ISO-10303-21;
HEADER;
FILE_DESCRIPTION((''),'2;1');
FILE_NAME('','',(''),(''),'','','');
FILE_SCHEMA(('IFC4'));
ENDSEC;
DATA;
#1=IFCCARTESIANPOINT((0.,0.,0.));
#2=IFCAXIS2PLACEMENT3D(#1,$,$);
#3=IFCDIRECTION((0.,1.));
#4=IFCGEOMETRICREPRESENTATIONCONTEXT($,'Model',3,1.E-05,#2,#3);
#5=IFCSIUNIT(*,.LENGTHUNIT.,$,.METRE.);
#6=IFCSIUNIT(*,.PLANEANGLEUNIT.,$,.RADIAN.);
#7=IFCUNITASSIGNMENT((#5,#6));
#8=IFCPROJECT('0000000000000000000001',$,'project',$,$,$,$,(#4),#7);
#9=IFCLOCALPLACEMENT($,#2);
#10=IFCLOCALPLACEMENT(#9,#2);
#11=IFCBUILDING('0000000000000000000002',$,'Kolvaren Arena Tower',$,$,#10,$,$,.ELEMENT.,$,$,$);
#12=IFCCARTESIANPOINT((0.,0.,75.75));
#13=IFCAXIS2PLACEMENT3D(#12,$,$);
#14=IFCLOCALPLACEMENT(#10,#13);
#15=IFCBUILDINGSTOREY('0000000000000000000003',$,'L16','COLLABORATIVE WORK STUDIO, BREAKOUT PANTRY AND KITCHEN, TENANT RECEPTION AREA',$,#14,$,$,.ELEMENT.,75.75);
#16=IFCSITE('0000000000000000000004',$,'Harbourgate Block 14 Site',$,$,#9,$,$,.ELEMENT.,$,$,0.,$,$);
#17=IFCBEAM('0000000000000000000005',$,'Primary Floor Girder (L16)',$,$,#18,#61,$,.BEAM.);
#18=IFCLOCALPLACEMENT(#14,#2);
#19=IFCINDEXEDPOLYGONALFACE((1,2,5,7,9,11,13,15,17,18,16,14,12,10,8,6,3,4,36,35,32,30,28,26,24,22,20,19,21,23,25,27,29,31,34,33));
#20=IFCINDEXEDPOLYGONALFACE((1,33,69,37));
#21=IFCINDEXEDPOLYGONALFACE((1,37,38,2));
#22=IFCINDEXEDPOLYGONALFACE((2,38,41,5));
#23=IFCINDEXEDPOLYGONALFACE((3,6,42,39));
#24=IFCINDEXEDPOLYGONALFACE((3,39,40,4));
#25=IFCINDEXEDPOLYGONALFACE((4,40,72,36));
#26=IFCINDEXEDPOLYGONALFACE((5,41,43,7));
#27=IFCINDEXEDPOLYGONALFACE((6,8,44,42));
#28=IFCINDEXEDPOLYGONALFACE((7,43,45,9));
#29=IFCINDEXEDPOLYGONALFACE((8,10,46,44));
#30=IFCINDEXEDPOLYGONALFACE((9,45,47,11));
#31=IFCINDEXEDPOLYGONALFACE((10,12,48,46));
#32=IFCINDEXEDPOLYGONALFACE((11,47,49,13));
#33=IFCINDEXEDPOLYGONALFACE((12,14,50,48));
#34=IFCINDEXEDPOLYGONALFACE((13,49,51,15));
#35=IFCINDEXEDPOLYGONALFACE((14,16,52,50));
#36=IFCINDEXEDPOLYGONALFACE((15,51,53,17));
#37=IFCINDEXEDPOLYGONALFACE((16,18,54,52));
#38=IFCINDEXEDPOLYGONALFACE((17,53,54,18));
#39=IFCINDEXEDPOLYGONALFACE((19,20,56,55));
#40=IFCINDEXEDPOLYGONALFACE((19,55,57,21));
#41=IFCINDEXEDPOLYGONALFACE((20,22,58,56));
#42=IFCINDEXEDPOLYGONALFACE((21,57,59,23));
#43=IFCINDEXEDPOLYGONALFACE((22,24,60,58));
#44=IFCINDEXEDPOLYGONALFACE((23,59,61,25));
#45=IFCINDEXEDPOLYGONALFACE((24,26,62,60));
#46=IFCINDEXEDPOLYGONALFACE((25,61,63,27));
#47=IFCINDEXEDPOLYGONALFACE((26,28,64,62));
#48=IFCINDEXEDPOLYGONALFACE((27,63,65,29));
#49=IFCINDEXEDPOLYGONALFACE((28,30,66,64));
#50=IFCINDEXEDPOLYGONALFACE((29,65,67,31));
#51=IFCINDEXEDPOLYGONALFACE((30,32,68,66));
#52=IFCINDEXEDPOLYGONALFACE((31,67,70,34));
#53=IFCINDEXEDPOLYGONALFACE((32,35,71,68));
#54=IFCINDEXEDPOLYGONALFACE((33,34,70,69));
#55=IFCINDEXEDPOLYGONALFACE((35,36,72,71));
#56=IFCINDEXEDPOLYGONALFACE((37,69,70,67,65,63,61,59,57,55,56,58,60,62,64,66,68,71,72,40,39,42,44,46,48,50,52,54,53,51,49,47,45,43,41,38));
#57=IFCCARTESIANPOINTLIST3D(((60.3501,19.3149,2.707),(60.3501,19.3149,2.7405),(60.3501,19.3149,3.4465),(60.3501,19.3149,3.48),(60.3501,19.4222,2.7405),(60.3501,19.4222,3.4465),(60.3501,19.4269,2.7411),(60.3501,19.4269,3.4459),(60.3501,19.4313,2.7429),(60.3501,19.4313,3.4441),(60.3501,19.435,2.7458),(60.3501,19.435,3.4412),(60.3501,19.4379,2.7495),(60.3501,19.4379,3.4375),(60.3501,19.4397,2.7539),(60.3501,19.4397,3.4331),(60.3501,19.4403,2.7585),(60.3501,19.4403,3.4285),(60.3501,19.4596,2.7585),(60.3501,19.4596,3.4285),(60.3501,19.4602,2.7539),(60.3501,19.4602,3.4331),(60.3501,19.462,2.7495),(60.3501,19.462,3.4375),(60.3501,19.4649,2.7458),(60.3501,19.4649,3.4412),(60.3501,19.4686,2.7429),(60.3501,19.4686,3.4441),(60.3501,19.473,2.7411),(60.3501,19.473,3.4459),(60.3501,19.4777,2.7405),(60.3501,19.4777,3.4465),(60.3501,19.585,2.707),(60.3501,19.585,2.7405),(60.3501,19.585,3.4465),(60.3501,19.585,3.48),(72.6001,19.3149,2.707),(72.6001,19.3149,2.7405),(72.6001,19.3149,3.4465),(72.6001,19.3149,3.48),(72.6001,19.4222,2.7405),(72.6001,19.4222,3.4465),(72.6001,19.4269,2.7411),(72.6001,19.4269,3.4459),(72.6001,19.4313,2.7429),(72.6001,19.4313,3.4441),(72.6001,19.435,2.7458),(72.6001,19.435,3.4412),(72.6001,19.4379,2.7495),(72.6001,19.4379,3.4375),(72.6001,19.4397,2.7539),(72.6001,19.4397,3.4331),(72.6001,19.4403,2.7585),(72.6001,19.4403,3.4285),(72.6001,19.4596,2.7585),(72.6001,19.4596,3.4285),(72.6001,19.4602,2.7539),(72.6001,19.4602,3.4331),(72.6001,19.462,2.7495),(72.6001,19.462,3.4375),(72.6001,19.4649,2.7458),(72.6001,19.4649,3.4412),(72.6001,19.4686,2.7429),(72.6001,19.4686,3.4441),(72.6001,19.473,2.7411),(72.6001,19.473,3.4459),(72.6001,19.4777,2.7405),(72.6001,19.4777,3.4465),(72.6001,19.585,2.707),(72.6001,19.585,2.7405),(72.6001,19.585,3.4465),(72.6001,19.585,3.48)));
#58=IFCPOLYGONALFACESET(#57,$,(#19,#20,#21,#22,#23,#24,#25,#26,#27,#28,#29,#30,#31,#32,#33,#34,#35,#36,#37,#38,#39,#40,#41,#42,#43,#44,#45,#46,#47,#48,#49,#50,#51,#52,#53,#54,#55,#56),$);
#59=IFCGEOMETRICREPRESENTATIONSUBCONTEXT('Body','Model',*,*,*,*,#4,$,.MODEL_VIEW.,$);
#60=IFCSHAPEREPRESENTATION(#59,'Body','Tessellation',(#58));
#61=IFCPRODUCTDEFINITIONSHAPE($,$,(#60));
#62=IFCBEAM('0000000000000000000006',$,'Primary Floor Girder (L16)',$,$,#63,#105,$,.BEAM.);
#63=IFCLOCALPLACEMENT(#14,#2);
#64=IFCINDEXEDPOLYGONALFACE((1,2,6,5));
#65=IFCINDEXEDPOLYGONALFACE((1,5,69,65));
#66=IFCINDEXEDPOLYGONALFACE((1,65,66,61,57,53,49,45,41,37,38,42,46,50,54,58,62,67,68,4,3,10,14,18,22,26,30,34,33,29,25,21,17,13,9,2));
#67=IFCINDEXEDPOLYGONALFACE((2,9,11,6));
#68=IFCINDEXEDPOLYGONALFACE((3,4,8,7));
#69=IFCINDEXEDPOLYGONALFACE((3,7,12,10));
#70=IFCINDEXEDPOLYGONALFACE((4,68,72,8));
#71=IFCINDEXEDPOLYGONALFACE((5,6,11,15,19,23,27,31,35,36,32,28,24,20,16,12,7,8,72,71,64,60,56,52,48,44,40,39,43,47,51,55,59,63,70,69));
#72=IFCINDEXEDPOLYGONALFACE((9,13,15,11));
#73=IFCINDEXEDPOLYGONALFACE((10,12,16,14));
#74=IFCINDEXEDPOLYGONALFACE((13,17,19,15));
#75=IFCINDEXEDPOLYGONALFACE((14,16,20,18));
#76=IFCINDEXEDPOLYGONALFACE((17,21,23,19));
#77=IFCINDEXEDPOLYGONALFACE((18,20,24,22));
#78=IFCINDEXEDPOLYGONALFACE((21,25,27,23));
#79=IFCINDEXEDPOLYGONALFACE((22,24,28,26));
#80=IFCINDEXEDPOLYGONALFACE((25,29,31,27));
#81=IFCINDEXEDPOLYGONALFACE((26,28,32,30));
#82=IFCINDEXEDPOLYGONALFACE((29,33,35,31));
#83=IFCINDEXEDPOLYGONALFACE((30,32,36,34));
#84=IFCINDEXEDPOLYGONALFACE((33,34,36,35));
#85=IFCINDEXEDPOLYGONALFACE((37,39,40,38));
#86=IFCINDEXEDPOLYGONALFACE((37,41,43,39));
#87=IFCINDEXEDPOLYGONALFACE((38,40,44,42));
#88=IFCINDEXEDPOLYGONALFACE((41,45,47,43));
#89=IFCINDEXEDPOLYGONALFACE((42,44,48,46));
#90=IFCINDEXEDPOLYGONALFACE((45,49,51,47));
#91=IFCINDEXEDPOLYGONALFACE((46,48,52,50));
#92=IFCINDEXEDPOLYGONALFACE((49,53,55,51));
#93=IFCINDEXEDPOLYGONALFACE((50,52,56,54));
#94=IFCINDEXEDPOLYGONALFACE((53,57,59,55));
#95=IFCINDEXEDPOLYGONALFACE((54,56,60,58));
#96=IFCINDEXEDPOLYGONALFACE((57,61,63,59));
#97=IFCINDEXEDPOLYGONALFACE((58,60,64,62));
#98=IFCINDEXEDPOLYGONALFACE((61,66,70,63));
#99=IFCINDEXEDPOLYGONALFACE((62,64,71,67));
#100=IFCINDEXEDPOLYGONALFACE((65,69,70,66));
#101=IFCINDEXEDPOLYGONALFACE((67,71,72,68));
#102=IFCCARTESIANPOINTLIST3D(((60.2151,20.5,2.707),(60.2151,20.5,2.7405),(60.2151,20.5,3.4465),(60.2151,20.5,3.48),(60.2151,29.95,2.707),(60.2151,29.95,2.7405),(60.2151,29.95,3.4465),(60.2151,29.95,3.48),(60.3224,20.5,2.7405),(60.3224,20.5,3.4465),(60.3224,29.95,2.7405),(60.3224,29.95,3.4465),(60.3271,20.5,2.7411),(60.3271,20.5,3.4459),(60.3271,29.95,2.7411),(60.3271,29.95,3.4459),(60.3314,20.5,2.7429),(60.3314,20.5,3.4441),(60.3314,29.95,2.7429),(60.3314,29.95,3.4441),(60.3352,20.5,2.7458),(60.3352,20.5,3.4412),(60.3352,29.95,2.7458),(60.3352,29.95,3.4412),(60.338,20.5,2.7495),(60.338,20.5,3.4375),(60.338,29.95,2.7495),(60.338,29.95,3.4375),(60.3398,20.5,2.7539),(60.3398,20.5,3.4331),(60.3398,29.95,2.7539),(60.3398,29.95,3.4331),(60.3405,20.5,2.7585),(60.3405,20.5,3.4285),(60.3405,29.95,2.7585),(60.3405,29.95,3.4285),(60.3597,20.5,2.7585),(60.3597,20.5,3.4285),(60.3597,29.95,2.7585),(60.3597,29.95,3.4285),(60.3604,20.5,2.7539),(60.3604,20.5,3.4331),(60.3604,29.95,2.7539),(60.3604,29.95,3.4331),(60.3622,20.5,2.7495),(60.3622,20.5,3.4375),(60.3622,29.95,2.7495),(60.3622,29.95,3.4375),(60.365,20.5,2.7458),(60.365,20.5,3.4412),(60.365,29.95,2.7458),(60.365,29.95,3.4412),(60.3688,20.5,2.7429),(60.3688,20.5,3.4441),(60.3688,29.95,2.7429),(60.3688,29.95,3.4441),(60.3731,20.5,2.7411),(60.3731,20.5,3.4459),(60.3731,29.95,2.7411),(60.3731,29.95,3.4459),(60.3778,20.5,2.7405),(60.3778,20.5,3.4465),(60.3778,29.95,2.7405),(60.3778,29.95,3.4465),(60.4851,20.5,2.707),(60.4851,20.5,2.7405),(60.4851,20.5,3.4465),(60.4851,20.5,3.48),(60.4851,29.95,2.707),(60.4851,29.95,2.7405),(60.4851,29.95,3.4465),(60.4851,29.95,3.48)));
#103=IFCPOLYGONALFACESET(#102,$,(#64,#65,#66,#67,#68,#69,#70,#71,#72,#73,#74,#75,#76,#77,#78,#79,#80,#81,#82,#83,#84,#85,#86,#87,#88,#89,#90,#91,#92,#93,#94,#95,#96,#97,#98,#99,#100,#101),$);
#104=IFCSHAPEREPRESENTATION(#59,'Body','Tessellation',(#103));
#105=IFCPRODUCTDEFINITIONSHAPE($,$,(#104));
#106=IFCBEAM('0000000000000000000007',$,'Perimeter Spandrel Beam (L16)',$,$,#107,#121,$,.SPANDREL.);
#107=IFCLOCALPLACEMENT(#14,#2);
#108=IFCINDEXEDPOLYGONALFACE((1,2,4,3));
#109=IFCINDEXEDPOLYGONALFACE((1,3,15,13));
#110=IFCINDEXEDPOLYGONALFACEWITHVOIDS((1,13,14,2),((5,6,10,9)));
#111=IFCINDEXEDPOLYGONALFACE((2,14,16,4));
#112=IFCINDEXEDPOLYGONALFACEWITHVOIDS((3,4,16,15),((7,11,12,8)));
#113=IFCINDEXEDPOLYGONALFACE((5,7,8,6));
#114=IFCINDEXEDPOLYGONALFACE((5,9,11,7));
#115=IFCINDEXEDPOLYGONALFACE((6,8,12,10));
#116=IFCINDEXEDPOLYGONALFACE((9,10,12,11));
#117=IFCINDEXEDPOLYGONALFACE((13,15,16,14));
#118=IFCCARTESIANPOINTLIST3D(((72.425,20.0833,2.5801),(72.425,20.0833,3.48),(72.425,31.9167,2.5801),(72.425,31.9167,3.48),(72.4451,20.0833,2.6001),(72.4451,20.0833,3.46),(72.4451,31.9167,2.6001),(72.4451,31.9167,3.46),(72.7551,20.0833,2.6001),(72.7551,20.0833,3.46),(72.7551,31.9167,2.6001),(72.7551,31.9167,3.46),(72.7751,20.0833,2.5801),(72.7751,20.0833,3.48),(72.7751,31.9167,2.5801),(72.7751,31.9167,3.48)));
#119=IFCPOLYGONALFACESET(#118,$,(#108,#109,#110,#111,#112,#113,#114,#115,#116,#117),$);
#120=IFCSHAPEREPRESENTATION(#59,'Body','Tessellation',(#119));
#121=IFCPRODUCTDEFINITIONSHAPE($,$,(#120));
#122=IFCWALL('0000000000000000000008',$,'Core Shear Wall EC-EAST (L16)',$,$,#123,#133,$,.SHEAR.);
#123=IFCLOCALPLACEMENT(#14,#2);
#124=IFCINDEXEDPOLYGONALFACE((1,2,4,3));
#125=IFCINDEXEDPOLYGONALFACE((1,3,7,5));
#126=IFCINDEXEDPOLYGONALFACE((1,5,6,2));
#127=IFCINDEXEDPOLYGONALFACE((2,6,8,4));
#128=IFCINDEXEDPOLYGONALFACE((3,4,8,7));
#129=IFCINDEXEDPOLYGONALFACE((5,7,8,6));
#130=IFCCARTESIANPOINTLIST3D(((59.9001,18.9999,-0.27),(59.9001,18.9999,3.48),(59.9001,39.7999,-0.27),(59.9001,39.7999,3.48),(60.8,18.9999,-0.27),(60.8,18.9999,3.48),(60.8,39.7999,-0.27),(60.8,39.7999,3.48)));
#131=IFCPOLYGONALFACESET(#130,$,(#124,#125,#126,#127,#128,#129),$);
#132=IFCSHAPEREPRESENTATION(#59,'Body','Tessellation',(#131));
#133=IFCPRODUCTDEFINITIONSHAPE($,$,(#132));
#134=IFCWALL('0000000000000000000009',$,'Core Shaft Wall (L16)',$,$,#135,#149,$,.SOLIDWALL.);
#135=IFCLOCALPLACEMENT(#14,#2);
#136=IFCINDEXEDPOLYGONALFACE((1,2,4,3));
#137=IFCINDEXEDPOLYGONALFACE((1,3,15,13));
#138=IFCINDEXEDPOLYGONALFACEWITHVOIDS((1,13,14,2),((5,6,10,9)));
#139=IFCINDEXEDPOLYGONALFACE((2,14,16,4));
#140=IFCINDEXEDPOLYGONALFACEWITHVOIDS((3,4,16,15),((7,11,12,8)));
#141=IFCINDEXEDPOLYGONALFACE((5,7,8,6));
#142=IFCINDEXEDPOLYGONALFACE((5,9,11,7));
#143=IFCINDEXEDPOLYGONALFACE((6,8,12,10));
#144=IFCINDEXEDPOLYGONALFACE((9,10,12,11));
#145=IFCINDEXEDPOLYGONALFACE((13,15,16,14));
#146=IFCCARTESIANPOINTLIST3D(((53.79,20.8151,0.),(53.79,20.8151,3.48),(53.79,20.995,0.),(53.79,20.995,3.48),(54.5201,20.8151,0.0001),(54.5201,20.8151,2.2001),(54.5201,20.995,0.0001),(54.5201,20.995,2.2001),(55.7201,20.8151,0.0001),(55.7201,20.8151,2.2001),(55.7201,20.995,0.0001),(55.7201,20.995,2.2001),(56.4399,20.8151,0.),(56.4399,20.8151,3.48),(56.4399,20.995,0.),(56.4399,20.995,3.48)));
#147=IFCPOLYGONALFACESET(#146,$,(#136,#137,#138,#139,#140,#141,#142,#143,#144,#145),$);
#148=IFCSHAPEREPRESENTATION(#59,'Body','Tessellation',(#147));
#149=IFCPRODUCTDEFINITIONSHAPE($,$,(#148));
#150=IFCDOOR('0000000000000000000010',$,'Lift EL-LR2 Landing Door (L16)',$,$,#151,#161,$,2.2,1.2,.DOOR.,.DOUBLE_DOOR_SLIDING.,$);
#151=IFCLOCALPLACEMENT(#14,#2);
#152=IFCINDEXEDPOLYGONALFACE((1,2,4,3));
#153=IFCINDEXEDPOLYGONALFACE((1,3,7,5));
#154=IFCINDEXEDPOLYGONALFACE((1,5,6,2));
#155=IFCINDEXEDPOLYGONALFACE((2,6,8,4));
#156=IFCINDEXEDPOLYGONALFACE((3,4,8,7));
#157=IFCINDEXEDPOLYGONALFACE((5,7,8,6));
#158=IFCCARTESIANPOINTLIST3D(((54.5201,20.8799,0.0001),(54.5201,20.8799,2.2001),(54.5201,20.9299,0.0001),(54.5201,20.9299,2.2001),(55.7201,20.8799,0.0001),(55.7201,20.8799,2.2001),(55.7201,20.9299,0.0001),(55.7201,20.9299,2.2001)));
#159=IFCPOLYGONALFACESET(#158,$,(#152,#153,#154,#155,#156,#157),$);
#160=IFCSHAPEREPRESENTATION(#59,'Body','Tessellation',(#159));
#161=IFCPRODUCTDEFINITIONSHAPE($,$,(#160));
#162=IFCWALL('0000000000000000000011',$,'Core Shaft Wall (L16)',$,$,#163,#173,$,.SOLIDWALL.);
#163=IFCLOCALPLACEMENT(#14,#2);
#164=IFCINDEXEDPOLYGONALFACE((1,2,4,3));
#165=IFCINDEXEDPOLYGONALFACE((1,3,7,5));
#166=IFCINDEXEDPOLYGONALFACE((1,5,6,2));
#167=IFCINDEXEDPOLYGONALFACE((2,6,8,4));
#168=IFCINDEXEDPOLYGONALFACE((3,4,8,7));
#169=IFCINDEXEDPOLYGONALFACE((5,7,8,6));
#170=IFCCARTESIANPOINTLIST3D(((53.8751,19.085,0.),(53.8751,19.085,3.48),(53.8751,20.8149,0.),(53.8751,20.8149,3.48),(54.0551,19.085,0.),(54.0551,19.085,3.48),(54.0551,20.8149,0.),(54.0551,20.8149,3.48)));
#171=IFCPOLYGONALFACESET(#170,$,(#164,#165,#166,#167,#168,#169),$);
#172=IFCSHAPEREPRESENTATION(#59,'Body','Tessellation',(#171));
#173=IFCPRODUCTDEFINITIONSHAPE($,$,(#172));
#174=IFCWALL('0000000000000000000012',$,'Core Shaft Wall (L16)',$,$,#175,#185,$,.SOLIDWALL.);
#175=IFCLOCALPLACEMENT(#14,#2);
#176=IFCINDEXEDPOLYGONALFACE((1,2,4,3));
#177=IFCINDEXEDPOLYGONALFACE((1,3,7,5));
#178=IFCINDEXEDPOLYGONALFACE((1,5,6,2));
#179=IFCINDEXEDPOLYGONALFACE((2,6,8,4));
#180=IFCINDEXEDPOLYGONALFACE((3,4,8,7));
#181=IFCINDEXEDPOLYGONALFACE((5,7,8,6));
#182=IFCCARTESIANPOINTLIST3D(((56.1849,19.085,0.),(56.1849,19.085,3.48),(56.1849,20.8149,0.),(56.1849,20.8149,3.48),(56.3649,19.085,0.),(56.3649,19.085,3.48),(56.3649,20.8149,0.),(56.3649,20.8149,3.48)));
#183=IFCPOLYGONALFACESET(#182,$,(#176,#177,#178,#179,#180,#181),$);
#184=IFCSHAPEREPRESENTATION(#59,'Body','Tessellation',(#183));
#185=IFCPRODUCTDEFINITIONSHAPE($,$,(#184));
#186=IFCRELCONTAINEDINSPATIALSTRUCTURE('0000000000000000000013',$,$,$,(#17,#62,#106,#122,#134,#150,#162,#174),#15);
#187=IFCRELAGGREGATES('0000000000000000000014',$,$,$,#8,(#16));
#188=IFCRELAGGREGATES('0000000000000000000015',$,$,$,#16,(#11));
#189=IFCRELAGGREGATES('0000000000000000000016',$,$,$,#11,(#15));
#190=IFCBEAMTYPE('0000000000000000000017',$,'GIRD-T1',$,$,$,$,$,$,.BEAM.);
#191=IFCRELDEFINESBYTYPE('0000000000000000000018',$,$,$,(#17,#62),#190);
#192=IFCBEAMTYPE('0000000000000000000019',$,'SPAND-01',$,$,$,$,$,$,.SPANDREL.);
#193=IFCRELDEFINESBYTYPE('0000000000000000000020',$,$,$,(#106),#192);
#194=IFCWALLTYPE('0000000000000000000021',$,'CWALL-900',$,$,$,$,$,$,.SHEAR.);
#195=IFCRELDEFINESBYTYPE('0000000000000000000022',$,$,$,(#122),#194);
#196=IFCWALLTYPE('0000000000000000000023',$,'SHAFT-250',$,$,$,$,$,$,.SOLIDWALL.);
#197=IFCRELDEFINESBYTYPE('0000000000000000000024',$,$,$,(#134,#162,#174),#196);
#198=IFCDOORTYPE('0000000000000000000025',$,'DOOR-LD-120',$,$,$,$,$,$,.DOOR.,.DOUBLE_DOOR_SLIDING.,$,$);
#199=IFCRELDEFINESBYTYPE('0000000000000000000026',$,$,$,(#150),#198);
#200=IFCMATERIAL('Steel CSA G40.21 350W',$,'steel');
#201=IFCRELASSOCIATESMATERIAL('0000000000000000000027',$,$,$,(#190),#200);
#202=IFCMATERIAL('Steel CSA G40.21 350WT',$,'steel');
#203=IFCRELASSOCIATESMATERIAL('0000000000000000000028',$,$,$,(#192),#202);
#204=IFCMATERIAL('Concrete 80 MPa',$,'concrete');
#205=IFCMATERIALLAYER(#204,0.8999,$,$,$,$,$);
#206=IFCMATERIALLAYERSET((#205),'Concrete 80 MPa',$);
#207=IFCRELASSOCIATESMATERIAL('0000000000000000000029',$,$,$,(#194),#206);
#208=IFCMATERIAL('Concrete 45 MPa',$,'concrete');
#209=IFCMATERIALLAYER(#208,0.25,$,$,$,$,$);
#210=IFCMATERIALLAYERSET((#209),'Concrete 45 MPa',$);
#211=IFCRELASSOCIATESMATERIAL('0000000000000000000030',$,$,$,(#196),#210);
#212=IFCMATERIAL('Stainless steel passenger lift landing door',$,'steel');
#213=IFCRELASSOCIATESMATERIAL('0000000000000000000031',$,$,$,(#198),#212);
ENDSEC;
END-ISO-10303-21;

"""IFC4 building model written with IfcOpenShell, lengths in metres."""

from ifc_helpers import new_model, si_unit, direction, frame, frame_2d, origin, origin_2d, place, context, subcontext, project, spatial, rectangle, hollow_rectangle, i_section, extrude, material, layer, layer_set, material_profile, profile_set, type_object, element, fill, save


model = new_model("IFC4")

# Units and contexts
model_context = context("Model", 3, precision=1e-05, world=origin(), true_north=direction((0.0, 1.0)))
body_context = subcontext(model_context, "Body", "Model", "MODEL_VIEW")
ifc_project = project(units=[si_unit("LENGTHUNIT", "METRE"), si_unit("PLANEANGLEUNIT", "RADIAN")], contexts=[model_context])

# Site, building, storey
site_placement = place(None, origin())
site = spatial("IfcSite", under=ifc_project, at=site_placement, Name="Harbourgate Block 14 Site", CompositionType="ELEMENT", RefElevation=0.0)
building_placement = place(site_placement, origin())
building = spatial("IfcBuilding", under=site, at=building_placement, Name="Kolvaren Arena Tower", CompositionType="ELEMENT")
storey_placement = place(building_placement, frame((0.0, 0.0, 75.75)))
storey = spatial("IfcBuildingStorey", under=building, at=storey_placement, Name="L16", Description="COLLABORATIVE WORK STUDIO, BREAKOUT PANTRY AND KITCHEN, TENANT RECEPTION AREA", CompositionType="ELEMENT", Elevation=75.75)

# Beams
ifc_material_1 = material(Name="Steel CSA G40.21 350W", Category="steel")
ifc_material_profile_1 = material_profile(ifc_material_1, i_section(OverallWidth=0.27, OverallDepth=0.7729, WebThickness=0.0193, FlangeThickness=0.0334, FilletRadius=0.0181, at=origin_2d()), Name="W760x257")
ifc_profile_set_1 = profile_set([ifc_material_profile_1], Name="Steel CSA G40.21 350W")
beam_type_1 = type_object("IfcBeamType", Name="GIRD-T1", PredefinedType="BEAM", material=ifc_profile_set_1)
beam_1_placement = place(storey_placement, frame((60.3501, 19.45, 3.0935), z_axis=(1.0, 0.0, 0.0), x_axis=(0.0, 1.0, 0.0)))
element("IfcBeam", 1, at=beam_1_placement, inside=storey, type_object=beam_type_1, Name="Primary Floor Girder (L16)", PredefinedType="BEAM", context=body_context, shape_type="SweptSolid", body=[
    extrude(i_section(OverallWidth=0.27, OverallDepth=0.7729, WebThickness=0.0193, FlangeThickness=0.0334, FilletRadius=0.0181, at=origin_2d()), origin(), (0.0, 0.0, 1.0), 12.25),
])
beam_2_placement = place(storey_placement, frame((60.3501, 20.5, 3.0935), z_axis=(0.0, 1.0, 0.0), x_axis=(-1.0, 0.0, 0.0)))
element("IfcBeam", 2, at=beam_2_placement, inside=storey, type_object=beam_type_1, Name="Primary Floor Girder (L16)", PredefinedType="BEAM", context=body_context, shape_type="SweptSolid", body=[
    extrude(i_section(OverallWidth=0.27, OverallDepth=0.7729, WebThickness=0.0193, FlangeThickness=0.0334, FilletRadius=0.0181, at=origin_2d()), origin(), (0.0, 0.0, 1.0), 9.45),
])
ifc_material_2 = material(Name="Steel CSA G40.21 350WT", Category="steel")
ifc_material_profile_2 = material_profile(ifc_material_2, hollow_rectangle(XDim=0.3501, YDim=0.8999, WallThickness=0.02, at=origin_2d()), Name="HSS 900x350x20")
ifc_profile_set_2 = profile_set([ifc_material_profile_2], Name="Steel CSA G40.21 350WT")
beam_type_2 = type_object("IfcBeamType", Name="SPAND-01", PredefinedType="SPANDREL", material=ifc_profile_set_2)
beam_3_placement = place(storey_placement, frame((72.6001, 20.0833, 3.03), z_axis=(0.0, 1.0, 0.0), x_axis=(-1.0, 0.0, 0.0)))
element("IfcBeam", 3, at=beam_3_placement, inside=storey, type_object=beam_type_2, Name="Perimeter Spandrel Beam (L16)", PredefinedType="SPANDREL", context=body_context, shape_type="SweptSolid", body=[
    extrude(hollow_rectangle(XDim=0.3501, YDim=0.8999, WallThickness=0.02, at=origin_2d()), origin(), (0.0, 0.0, 1.0), 11.8335),
])

# Wall
ifc_material_3 = material(Name="Concrete 80 MPa", Category="concrete")
ifc_layer_1 = layer(ifc_material_3, 0.8999)
ifc_layer_set_1 = layer_set([ifc_layer_1], Name="Concrete 80 MPa")
wall_type_1 = type_object("IfcWallType", Name="CWALL-900", PredefinedType="SHEAR", material=ifc_layer_set_1)
wall_1_placement = place(storey_placement, frame((60.3501, 19.0, -0.27), z_axis=(0.0, 0.0, 1.0), x_axis=(0.0, 1.0, 0.0)))
element("IfcWall", 4, at=wall_1_placement, inside=storey, type_object=wall_type_1, Name="Core Shear Wall EC-EAST (L16)", PredefinedType="SHEAR", context=body_context, shape_type="SweptSolid", body=[
    extrude(rectangle(XDim=20.8, YDim=0.8999, at=frame_2d((10.3999, 0.0))), origin(), (0.0, 0.0, 1.0), 3.75),
])

# Wall, opening, door
ifc_material_4 = material(Name="Concrete 45 MPa", Category="concrete")
ifc_layer_2 = layer(ifc_material_4, 0.25)
ifc_layer_set_2 = layer_set([ifc_layer_2], Name="Concrete 45 MPa")
wall_type_2 = type_object("IfcWallType", Name="SHAFT-250", PredefinedType="SOLIDWALL", material=ifc_layer_set_2)
wall_2_placement = place(storey_placement, frame((53.79, 20.905, 0.0), z_axis=(0.0, 0.0, 1.0), x_axis=(1.0, 0.0, 0.0)))
wall_2 = element("IfcWall", 5, at=wall_2_placement, inside=storey, type_object=wall_type_2, Name="Core Shaft Wall (L16)", PredefinedType="SOLIDWALL", context=body_context, shape_type="SweptSolid", body=[
    extrude(rectangle(XDim=2.6499, YDim=0.1799, at=frame_2d((1.325, 0.0))), origin(), (0.0, 0.0, 1.0), 3.48),
])
opening_1_placement = place(wall_2_placement, frame((0.73, 0.0, 0.0)))
opening_1 = element("IfcOpeningElement", 6, at=opening_1_placement, cuts=wall_2, PredefinedType="OPENING", context=body_context, shape_type="SweptSolid", body=[
    extrude(rectangle(XDim=1.2, YDim=2.2, at=frame_2d((0.6001, 1.1001))), frame((0.0, 0.0999, 0.0), z_axis=(0.0, -1.0, 0.0), x_axis=(1.0, 0.0, 0.0)), (0.0, 0.0, 1.0), 0.2),
])
ifc_material_5 = material(Name="Stainless steel passenger lift landing door", Category="steel")
door_type = type_object("IfcDoorType", Name="DOOR-LD-120", OperationType="DOUBLE_DOOR_SLIDING", PredefinedType="DOOR", material=ifc_material_5)
door_1_placement = place(opening_1_placement, origin())
door_1 = element("IfcDoor", 7, at=door_1_placement, inside=storey, type_object=door_type, Name="Lift EL-LR2 Landing Door (L16)", OperationType="DOUBLE_DOOR_SLIDING", OverallHeight=2.2, OverallWidth=1.2, PredefinedType="DOOR", context=body_context, shape_type="SweptSolid", body=[
    extrude(rectangle(XDim=1.2, YDim=2.2, at=frame_2d((0.6001, 1.1001))), frame((0.0, 0.0249, 0.0), z_axis=(0.0, -1.0, 0.0), x_axis=(1.0, 0.0, 0.0)), (0.0, 0.0, 1.0), 0.05),
])
fill(opening_1, door_1)

# Walls
for number, where, z_axis, x_axis, name in (
    (8, (53.9651, 19.085, 0.0), (0.0, 0.0, 1.0), (0.0, 1.0, 0.0), "Core Shaft Wall (L16)"),
    (9, (56.2749, 19.085, 0.0), (0.0, 0.0, 1.0), (0.0, 1.0, 0.0), "Core Shaft Wall (L16)"),
):
    element("IfcWall", number, at=place(storey_placement, frame(where, z_axis=z_axis, x_axis=x_axis)), inside=storey, type_object=wall_type_2, Name=name, PredefinedType="SOLIDWALL", context=body_context, shape_type="SweptSolid", body=[
        extrude(rectangle(XDim=1.73, YDim=0.1799, at=frame_2d((0.865, 0.0))), origin(), (0.0, 0.0, 1.0), 3.48),
    ])

save(model, "model.ifc")
